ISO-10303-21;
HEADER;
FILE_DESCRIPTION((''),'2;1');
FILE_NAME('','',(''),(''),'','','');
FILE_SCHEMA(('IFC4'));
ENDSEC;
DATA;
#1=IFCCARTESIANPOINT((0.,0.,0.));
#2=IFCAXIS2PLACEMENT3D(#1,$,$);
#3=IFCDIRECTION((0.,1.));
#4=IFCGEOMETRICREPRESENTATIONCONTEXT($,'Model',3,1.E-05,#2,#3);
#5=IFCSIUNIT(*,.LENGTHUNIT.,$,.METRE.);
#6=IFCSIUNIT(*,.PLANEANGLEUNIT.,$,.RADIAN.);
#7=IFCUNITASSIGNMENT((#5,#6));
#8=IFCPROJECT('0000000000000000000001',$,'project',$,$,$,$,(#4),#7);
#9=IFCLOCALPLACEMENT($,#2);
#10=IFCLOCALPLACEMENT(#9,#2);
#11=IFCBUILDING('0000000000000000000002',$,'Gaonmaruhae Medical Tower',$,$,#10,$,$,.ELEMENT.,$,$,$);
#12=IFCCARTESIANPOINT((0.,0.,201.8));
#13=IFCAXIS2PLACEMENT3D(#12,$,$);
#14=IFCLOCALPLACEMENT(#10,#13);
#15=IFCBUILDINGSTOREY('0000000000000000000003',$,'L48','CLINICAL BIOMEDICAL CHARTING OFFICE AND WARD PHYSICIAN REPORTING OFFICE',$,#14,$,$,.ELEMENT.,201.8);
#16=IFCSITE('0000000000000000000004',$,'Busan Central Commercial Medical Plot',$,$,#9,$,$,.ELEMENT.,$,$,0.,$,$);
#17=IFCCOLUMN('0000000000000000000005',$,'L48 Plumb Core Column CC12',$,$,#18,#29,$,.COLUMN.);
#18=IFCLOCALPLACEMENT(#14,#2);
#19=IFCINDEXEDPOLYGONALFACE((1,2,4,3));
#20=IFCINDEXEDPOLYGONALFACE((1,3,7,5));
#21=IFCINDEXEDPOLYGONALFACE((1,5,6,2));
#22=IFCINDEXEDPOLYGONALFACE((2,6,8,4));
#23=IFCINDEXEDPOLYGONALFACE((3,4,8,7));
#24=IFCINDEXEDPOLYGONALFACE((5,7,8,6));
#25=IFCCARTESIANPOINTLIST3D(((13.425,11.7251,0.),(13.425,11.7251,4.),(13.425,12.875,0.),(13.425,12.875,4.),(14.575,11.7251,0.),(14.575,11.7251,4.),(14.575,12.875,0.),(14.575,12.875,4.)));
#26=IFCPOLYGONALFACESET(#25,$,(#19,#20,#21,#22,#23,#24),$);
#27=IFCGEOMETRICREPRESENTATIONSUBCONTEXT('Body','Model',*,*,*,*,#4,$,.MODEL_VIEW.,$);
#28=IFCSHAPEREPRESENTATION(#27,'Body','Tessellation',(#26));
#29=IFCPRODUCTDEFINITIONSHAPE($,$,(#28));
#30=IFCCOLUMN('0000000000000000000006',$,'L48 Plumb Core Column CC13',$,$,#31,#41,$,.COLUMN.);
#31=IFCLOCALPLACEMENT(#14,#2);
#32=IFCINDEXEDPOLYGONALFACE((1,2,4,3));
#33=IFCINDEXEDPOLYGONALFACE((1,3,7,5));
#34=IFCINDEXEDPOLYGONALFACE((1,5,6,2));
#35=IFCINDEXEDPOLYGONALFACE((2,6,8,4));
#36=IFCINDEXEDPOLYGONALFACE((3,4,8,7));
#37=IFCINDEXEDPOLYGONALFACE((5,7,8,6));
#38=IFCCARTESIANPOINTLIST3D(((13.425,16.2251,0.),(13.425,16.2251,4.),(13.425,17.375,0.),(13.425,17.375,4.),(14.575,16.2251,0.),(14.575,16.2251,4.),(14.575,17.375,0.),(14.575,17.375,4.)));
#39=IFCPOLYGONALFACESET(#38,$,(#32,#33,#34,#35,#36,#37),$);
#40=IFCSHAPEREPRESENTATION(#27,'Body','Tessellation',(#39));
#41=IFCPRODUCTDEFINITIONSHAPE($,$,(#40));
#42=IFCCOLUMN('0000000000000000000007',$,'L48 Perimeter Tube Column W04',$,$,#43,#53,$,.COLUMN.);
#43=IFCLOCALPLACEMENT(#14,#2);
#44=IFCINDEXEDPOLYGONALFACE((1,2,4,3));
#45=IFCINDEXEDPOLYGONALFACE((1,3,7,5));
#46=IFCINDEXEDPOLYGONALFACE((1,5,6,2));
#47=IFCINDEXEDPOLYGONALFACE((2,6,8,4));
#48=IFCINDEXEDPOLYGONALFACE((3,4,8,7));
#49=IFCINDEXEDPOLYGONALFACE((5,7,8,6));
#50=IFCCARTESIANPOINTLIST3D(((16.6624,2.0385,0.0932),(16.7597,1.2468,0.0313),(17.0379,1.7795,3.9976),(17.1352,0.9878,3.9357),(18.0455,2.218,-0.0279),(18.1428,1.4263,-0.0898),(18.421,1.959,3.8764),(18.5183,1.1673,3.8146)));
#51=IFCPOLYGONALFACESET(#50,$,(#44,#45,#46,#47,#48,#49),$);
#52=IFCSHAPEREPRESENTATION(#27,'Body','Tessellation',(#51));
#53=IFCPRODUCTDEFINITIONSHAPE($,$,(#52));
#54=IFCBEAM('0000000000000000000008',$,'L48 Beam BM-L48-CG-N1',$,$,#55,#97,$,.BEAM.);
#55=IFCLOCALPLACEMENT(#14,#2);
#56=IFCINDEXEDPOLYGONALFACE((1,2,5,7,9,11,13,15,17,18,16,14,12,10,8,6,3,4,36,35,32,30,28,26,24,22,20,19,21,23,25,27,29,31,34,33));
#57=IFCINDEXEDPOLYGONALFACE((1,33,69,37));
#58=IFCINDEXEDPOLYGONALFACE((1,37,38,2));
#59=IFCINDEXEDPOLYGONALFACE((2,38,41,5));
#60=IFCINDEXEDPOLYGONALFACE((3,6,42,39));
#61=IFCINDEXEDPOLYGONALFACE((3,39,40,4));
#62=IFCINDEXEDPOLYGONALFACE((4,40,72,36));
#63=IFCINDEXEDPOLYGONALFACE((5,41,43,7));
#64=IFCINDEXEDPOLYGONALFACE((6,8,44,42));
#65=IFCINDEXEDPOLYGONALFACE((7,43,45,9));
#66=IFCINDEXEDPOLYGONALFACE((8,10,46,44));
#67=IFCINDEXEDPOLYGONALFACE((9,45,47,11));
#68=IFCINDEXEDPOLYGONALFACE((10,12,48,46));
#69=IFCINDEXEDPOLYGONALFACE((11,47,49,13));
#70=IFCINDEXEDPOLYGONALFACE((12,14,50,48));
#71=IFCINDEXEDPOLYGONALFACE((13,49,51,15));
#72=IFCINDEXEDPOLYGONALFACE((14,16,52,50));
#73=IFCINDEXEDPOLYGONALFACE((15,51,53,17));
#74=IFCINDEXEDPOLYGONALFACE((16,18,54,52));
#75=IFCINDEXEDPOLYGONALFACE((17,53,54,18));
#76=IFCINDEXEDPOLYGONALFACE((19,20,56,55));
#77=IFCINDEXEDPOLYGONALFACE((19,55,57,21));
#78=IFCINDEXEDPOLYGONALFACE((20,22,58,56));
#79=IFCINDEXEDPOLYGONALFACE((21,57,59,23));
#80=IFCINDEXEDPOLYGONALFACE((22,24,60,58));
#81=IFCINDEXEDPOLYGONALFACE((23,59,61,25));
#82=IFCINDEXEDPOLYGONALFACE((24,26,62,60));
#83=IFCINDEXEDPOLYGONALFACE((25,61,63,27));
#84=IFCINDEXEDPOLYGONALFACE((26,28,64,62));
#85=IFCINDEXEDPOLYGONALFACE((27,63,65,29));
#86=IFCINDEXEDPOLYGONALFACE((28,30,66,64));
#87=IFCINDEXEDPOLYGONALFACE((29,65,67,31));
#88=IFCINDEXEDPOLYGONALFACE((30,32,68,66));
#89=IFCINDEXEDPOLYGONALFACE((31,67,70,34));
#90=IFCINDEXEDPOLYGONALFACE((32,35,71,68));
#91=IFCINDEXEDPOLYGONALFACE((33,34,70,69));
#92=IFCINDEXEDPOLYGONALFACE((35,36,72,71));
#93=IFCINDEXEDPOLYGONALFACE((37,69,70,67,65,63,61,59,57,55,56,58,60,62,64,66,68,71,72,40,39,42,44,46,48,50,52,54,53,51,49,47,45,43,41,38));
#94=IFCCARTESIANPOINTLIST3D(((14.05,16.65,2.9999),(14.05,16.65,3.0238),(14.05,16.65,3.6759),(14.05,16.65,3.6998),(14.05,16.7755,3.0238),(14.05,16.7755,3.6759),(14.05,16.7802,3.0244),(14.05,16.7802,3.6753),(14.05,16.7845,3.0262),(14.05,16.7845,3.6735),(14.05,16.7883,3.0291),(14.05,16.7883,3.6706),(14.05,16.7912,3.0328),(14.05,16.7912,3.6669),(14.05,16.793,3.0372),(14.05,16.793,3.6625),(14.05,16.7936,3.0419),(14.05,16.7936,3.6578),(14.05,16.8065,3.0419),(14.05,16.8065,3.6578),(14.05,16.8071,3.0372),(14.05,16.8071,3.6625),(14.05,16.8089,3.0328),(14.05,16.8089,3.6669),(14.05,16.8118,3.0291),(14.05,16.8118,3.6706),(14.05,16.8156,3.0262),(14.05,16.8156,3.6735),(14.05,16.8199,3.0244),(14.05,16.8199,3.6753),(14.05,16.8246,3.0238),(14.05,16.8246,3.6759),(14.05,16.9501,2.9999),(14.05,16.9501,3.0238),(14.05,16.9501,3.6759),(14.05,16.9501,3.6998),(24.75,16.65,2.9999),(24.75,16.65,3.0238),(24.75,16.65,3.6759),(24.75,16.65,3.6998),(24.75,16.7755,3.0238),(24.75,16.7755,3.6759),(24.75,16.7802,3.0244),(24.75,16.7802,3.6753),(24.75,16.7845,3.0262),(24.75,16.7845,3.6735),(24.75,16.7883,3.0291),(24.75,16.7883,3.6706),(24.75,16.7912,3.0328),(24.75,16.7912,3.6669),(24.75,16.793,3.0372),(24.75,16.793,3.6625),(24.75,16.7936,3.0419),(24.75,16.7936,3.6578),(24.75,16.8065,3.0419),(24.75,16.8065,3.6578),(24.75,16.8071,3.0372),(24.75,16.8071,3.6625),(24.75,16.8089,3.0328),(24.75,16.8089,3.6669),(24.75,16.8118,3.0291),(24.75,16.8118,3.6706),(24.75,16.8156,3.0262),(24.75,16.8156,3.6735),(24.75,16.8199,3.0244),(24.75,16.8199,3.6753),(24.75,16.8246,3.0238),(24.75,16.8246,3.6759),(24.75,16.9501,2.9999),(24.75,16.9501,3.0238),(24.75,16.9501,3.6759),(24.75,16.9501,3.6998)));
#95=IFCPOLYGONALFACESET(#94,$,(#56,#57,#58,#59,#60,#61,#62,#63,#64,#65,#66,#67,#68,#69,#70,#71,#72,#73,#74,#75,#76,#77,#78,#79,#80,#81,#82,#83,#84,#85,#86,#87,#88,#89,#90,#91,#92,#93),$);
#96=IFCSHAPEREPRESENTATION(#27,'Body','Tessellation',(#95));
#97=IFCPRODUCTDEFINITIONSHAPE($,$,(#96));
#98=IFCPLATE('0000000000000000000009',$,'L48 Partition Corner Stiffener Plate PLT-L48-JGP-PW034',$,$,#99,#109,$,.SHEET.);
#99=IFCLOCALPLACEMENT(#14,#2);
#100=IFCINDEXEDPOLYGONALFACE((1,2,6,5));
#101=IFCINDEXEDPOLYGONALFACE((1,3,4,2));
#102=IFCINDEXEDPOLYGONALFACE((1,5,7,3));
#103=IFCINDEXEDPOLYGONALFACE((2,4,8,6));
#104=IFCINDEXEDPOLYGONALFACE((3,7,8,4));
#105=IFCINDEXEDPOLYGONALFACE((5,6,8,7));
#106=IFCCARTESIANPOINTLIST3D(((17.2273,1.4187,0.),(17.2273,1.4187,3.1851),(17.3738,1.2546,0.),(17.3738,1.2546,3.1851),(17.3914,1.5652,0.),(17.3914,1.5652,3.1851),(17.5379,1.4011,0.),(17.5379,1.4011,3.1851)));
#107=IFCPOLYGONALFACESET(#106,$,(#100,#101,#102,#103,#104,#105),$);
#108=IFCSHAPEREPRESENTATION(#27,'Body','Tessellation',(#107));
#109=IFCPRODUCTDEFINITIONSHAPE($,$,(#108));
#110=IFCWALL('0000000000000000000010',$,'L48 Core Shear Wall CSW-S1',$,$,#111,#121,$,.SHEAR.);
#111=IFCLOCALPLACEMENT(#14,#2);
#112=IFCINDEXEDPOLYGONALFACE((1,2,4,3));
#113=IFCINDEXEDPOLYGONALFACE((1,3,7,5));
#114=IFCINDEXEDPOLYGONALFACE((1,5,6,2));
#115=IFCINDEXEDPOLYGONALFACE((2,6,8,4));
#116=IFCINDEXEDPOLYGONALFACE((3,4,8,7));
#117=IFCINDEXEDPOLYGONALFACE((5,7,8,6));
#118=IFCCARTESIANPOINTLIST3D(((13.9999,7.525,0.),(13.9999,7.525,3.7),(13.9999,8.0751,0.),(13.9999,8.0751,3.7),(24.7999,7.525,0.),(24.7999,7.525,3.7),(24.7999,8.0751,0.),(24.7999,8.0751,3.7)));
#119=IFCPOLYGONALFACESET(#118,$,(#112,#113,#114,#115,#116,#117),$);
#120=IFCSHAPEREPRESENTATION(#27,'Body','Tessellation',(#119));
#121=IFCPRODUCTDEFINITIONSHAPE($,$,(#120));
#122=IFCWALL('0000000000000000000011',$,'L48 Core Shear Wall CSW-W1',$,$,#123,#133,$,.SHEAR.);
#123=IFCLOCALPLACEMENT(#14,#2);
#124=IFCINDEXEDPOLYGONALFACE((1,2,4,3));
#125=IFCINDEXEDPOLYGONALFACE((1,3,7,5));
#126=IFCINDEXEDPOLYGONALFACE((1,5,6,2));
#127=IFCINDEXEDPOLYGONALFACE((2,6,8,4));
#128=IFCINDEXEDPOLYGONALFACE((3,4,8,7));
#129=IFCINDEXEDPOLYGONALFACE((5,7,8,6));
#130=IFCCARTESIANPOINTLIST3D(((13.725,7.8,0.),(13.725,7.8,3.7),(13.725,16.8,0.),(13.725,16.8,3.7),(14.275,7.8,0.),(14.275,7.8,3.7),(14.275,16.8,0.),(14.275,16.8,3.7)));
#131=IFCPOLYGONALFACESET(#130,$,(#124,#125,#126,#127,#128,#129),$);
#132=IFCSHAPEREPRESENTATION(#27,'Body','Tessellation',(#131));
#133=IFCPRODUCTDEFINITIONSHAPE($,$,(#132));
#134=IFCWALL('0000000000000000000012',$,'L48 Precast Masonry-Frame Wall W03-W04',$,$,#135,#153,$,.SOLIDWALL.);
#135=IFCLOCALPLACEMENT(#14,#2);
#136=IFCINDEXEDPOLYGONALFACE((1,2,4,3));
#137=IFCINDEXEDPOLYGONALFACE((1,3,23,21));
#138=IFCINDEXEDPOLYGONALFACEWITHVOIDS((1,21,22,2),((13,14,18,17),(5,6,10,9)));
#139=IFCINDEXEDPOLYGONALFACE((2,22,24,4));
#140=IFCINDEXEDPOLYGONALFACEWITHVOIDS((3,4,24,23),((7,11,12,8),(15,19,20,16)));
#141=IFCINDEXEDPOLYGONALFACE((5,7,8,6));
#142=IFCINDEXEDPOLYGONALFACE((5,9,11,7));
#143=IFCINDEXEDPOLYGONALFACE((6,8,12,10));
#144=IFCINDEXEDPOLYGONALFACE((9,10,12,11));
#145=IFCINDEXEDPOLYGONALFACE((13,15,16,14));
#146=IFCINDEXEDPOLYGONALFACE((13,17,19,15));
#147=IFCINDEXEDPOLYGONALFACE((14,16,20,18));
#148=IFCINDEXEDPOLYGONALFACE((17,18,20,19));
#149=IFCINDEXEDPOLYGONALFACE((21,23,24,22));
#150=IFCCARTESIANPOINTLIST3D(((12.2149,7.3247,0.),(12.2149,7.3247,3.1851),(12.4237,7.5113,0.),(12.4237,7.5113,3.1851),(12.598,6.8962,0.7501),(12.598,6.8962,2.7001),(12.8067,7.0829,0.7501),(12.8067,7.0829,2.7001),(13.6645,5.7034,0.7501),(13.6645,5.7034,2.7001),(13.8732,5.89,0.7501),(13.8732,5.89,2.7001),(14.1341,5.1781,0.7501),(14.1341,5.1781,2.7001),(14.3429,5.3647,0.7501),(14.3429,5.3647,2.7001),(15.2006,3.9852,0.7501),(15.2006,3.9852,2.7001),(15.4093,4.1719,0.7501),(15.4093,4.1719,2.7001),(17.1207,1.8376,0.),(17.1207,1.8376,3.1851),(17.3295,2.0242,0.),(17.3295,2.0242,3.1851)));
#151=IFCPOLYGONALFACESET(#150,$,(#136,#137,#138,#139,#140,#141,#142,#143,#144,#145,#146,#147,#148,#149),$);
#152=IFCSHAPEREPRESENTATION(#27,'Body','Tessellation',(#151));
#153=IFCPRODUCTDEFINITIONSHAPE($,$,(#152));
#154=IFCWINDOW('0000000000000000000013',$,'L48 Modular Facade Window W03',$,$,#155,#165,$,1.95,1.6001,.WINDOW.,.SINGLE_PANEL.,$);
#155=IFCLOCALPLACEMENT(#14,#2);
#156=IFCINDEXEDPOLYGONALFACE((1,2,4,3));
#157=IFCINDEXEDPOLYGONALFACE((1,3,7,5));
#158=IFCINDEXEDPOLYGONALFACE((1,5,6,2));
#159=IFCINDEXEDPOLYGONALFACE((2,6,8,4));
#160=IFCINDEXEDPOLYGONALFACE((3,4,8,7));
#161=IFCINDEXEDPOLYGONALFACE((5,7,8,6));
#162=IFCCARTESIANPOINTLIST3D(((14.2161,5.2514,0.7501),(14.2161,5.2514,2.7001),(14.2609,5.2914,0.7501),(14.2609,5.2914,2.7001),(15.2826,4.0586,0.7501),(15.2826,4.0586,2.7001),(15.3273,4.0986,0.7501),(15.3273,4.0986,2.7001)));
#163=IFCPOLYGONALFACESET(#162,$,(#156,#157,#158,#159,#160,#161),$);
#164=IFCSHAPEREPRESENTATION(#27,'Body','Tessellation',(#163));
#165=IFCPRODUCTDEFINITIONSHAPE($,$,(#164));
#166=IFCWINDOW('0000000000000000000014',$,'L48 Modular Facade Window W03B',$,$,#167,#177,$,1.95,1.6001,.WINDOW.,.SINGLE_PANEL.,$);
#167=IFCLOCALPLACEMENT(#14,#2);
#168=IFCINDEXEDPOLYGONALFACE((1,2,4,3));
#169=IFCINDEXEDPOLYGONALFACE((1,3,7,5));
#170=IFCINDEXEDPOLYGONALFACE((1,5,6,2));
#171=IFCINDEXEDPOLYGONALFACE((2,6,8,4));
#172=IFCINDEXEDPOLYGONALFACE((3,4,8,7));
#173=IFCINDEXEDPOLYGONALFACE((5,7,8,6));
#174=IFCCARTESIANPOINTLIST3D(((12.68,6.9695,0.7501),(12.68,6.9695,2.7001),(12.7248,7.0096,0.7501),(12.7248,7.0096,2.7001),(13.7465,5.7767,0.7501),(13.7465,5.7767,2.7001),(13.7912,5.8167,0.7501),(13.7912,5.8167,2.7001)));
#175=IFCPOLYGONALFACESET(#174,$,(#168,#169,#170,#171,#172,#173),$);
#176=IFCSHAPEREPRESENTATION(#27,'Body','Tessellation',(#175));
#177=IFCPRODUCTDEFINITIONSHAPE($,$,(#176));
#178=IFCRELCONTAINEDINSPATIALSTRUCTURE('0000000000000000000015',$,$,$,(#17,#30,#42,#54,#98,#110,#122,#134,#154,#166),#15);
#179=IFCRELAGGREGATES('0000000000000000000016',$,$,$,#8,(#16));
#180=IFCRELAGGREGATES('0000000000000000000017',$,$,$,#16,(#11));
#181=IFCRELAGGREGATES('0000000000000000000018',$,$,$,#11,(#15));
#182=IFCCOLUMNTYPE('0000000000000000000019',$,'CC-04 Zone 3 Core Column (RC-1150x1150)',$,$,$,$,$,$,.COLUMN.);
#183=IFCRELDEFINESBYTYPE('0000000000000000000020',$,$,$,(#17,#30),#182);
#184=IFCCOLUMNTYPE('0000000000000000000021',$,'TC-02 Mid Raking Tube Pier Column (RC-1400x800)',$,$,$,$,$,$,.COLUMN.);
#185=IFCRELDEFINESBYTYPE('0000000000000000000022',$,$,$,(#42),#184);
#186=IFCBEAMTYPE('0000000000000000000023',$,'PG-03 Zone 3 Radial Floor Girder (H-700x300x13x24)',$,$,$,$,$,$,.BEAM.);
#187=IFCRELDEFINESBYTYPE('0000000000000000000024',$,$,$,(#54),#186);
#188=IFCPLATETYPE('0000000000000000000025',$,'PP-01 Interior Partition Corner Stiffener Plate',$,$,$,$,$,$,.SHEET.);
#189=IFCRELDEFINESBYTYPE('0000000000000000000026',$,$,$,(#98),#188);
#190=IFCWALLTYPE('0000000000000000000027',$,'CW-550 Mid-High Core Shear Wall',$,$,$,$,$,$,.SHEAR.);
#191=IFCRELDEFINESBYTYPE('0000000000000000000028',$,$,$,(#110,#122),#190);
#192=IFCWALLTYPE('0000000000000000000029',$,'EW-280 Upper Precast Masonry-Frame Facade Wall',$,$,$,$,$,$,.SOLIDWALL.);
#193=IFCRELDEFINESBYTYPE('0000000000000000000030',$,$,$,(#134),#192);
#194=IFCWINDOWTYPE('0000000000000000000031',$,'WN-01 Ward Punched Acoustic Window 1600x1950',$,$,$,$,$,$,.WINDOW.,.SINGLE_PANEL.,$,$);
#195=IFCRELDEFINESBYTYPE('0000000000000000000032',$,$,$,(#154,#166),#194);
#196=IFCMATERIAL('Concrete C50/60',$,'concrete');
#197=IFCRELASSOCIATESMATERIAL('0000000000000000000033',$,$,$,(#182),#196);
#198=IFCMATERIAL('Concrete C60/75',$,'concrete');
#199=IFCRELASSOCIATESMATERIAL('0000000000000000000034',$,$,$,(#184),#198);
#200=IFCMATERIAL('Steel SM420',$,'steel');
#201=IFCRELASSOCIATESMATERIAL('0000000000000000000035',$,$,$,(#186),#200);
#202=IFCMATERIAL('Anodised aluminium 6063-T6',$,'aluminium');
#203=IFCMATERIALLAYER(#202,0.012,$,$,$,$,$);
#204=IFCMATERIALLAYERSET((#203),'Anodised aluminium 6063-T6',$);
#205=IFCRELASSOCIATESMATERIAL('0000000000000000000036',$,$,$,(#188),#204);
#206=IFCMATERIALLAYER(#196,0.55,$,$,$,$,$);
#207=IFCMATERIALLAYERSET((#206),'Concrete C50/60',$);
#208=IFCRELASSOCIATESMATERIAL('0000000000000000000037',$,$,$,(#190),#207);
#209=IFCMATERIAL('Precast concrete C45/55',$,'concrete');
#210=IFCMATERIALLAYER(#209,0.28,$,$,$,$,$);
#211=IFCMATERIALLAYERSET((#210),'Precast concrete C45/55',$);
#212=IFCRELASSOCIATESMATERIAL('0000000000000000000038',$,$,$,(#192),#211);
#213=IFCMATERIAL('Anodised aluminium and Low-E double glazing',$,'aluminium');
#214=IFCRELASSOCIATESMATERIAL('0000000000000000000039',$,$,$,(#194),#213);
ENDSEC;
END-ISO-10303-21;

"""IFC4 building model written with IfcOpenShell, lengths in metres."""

from ifc_helpers import new_model, si_unit, direction, frame, frame_2d, origin, origin_2d, place, context, subcontext, project, spatial, rectangle, i_section, extrude, material, layer, layer_set, material_profile, profile_set, type_object, element, fill, save


model = new_model("IFC4")

# Units and contexts
model_context = context("Model", 3, precision=1e-05, world=origin(), true_north=direction((0.0, 1.0)))
body_context = subcontext(model_context, "Body", "Model", "MODEL_VIEW")
ifc_project = project(units=[si_unit("LENGTHUNIT", "METRE"), si_unit("PLANEANGLEUNIT", "RADIAN")], contexts=[model_context])

# Site, building, storey
site_placement = place(None, origin())
site = spatial("IfcSite", under=ifc_project, at=site_placement, Name="Busan Central Commercial Medical Plot", CompositionType="ELEMENT", RefElevation=0.0)
building_placement = place(site_placement, origin())
building = spatial("IfcBuilding", under=site, at=building_placement, Name="Gaonmaruhae Medical Tower", CompositionType="ELEMENT")
storey_placement = place(building_placement, frame((0.0, 0.0, 201.8)))
storey = spatial("IfcBuildingStorey", under=building, at=storey_placement, Name="L48", Description="CLINICAL BIOMEDICAL CHARTING OFFICE AND WARD PHYSICIAN REPORTING OFFICE", CompositionType="ELEMENT", Elevation=201.8)

# Columns
ifc_material_1 = material(Name="Concrete C50/60", Category="concrete")
ifc_material_profile_1 = material_profile(ifc_material_1, rectangle(XDim=1.1499, YDim=1.1499, at=origin_2d()), Name="RC-1150x1150")
ifc_profile_set_1 = profile_set([ifc_material_profile_1], Name="Concrete C50/60")
column_type_1 = type_object("IfcColumnType", Name="CC-04 Zone 3 Core Column (RC-1150x1150)", PredefinedType="COLUMN", material=ifc_profile_set_1)
for number, where, z_axis, x_axis, name in (
    (1, (14.0, 12.3, 0.0), (0.0, 0.0, 1.0), (1.0, 0.0, 0.0), "L48 Plumb Core Column CC12"),
    (2, (14.0, 16.8, 0.0), (0.0, 0.0, 1.0), (1.0, 0.0, 0.0), "L48 Plumb Core Column CC13"),
):
    element("IfcColumn", number, at=place(storey_placement, frame(where, z_axis=z_axis, x_axis=x_axis)), inside=storey, type_object=column_type_1, Name=name, PredefinedType="COLUMN", context=body_context, shape_type="SweptSolid", body=[
        extrude(rectangle(XDim=1.1499, YDim=1.1499, at=origin_2d()), origin(), (0.0, 0.0, 1.0), 4.0),
    ])
ifc_material_2 = material(Name="Concrete C60/75", Category="concrete")
ifc_material_profile_2 = material_profile(ifc_material_2, rectangle(XDim=1.3999, YDim=0.8, at=origin_2d()), Name="RC-1400x800")
ifc_profile_set_2 = profile_set([ifc_material_profile_2], Name="Concrete C60/75")
column_type_2 = type_object("IfcColumnType", Name="TC-02 Mid Raking Tube Pier Column (RC-1400x800)", PredefinedType="COLUMN", material=ifc_profile_set_2)
column_placement = place(storey_placement, frame((17.4026, 1.7324, 0.0017), z_axis=(0.095523, -0.065897, 0.993244), x_axis=(-0.987969, -0.128191, 0.086511)))
element("IfcColumn", 3, at=column_placement, inside=storey, type_object=column_type_2, Name="L48 Perimeter Tube Column W04", PredefinedType="COLUMN", context=body_context, shape_type="SweptSolid", body=[
    extrude(rectangle(XDim=1.3999, YDim=0.8, at=origin_2d()), origin(), (0.0, 0.0, 1.0), 3.9309),
])

# Beam
ifc_material_3 = material(Name="Steel SM420", Category="steel")
ifc_material_profile_3 = material_profile(ifc_material_3, i_section(OverallWidth=0.3, OverallDepth=0.7, WebThickness=0.0129, FlangeThickness=0.0239, FilletRadius=0.0181, at=origin_2d()), Name="H-700x300x13x24")
ifc_profile_set_3 = profile_set([ifc_material_profile_3], Name="Steel SM420")
beam_type = type_object("IfcBeamType", Name="PG-03 Zone 3 Radial Floor Girder (H-700x300x13x24)", PredefinedType="BEAM", material=ifc_profile_set_3)
beam_placement = place(storey_placement, frame((14.05, 16.8, 3.3499), z_axis=(1.0, 0.0, 0.0), x_axis=(0.0, 1.0, 0.0)))
element("IfcBeam", 4, at=beam_placement, inside=storey, type_object=beam_type, Name="L48 Beam BM-L48-CG-N1", PredefinedType="BEAM", context=body_context, shape_type="SweptSolid", body=[
    extrude(i_section(OverallWidth=0.3, OverallDepth=0.7, WebThickness=0.0129, FlangeThickness=0.0239, FilletRadius=0.0181, at=origin_2d()), origin(), (0.0, 0.0, 1.0), 10.7),
])

# Plate
ifc_material_4 = material(Name="Anodised aluminium 6063-T6", Category="aluminium")
ifc_layer_1 = layer(ifc_material_4, 0.012)
ifc_layer_set_1 = layer_set([ifc_layer_1], Name="Anodised aluminium 6063-T6")
plate_type = type_object("IfcPlateType", Name="PP-01 Interior Partition Corner Stiffener Plate", PredefinedType="SHEET", material=ifc_layer_set_1)
plate_placement = place(storey_placement, frame((17.3826, 1.4099, 0.0), z_axis=(0.0, 0.0, 1.0), x_axis=(-0.665934, 0.746011, 0.0)))
element("IfcPlate", 5, at=plate_placement, inside=storey, type_object=plate_type, Name="L48 Partition Corner Stiffener Plate PLT-L48-JGP-PW034", PredefinedType="SHEET", context=body_context, shape_type="SweptSolid", body=[
    extrude(rectangle(XDim=0.22, YDim=0.22, at=origin_2d()), origin(), (0.0, 0.0, 1.0), 3.1851),
])

# Walls
ifc_layer_2 = layer(ifc_material_1, 0.55)
ifc_layer_set_2 = layer_set([ifc_layer_2], Name="Concrete C50/60")
wall_type_1 = type_object("IfcWallType", Name="CW-550 Mid-High Core Shear Wall", PredefinedType="SHEAR", material=ifc_layer_set_2)
wall_1_placement = place(storey_placement, frame((14.0, 7.8, 0.0), z_axis=(0.0, 0.0, 1.0), x_axis=(1.0, 0.0, 0.0)))
element("IfcWall", 6, at=wall_1_placement, inside=storey, type_object=wall_type_1, Name="L48 Core Shear Wall CSW-S1", PredefinedType="SHEAR", context=body_context, shape_type="SweptSolid", body=[
    extrude(rectangle(XDim=10.8, YDim=0.55, at=frame_2d((5.3999, 0.0))), origin(), (0.0, 0.0, 1.0), 3.7),
])
wall_2_placement = place(storey_placement, frame((14.0, 16.8, 0.0), z_axis=(0.0, 0.0, 1.0), x_axis=(0.0, -1.0, 0.0)))
element("IfcWall", 7, at=wall_2_placement, inside=storey, type_object=wall_type_1, Name="L48 Core Shear Wall CSW-W1", PredefinedType="SHEAR", context=body_context, shape_type="SweptSolid", body=[
    extrude(rectangle(XDim=9.0, YDim=0.55, at=frame_2d((4.5, 0.0))), origin(), (0.0, 0.0, 1.0), 3.7),
])

# Wall, openings, windows
ifc_material_5 = material(Name="Precast concrete C45/55", Category="concrete")
ifc_layer_3 = layer(ifc_material_5, 0.28)
ifc_layer_set_3 = layer_set([ifc_layer_3], Name="Precast concrete C45/55")
wall_type_2 = type_object("IfcWallType", Name="EW-280 Upper Precast Masonry-Frame Facade Wall", PredefinedType="SOLIDWALL", material=ifc_layer_set_3)
wall_3_placement = place(storey_placement, frame((17.2251, 1.9309, 0.0), z_axis=(0.0, 0.0, 1.0), x_axis=(-0.666515, 0.745492, 0.0)))
wall_3 = element("IfcWall", 8, at=wall_3_placement, inside=storey, type_object=wall_type_2, Name="L48 Precast Masonry-Frame Wall W03-W04", PredefinedType="SOLIDWALL", context=body_context, shape_type="SweptSolid", body=[
    extrude(rectangle(XDim=7.3604, YDim=0.28, at=frame_2d((3.6802, 0.0))), origin(), (0.0, 0.0, 1.0), 3.1851),
])
opening_1_placement = place(wall_3_placement, frame((2.8809, 0.0, 0.75)))
opening_1 = element("IfcOpeningElement", 9, at=opening_1_placement, cuts=wall_3, PredefinedType="OPENING", context=body_context, shape_type="SweptSolid", body=[
    extrude(rectangle(XDim=1.6001, YDim=1.95, at=frame_2d((0.8, 0.9751))), frame((0.0, 0.1499, 0.0), z_axis=(0.0, -1.0, 0.0), x_axis=(1.0, 0.0, 0.0)), (0.0, 0.0, 1.0), 0.3),
])
opening_2_placement = place(wall_3_placement, frame((5.1855, 0.0, 0.75)))
opening_2 = element("IfcOpeningElement", 10, at=opening_2_placement, cuts=wall_3, PredefinedType="OPENING", context=body_context, shape_type="SweptSolid", body=[
    extrude(rectangle(XDim=1.6001, YDim=1.95, at=frame_2d((0.8, 0.9751))), frame((0.0, 0.1499, 0.0), z_axis=(0.0, -1.0, 0.0), x_axis=(1.0, 0.0, 0.0)), (0.0, 0.0, 1.0), 0.3),
])
ifc_material_6 = material(Name="Anodised aluminium and Low-E double glazing", Category="aluminium")
window_type = type_object("IfcWindowType", Name="WN-01 Ward Punched Acoustic Window 1600x1950", PartitioningType="SINGLE_PANEL", PredefinedType="WINDOW", material=ifc_material_6)
window_1_placement = place(opening_1_placement, origin())
window_1 = element("IfcWindow", 11, at=window_1_placement, inside=storey, type_object=window_type, Name="L48 Modular Facade Window W03", OverallHeight=1.95, OverallWidth=1.6001, PartitioningType="SINGLE_PANEL", PredefinedType="WINDOW", context=body_context, shape_type="SweptSolid", body=[
    extrude(rectangle(XDim=1.6001, YDim=1.95, at=frame_2d((0.8, 0.9751))), frame((0.0, 0.03, 0.0), z_axis=(0.0, -1.0, 0.0), x_axis=(1.0, 0.0, 0.0)), (0.0, 0.0, 1.0), 0.0601),
])
fill(opening_1, window_1)
window_2_placement = place(opening_2_placement, origin())
window_2 = element("IfcWindow", 12, at=window_2_placement, inside=storey, type_object=window_type, Name="L48 Modular Facade Window W03B", OverallHeight=1.95, OverallWidth=1.6001, PartitioningType="SINGLE_PANEL", PredefinedType="WINDOW", context=body_context, shape_type="SweptSolid", body=[
    extrude(rectangle(XDim=1.6001, YDim=1.95, at=frame_2d((0.8, 0.9751))), frame((0.0, 0.03, 0.0), z_axis=(0.0, -1.0, 0.0), x_axis=(1.0, 0.0, 0.0)), (0.0, 0.0, 1.0), 0.0601),
])
fill(opening_2, window_2)

save(model, "model.ifc")
